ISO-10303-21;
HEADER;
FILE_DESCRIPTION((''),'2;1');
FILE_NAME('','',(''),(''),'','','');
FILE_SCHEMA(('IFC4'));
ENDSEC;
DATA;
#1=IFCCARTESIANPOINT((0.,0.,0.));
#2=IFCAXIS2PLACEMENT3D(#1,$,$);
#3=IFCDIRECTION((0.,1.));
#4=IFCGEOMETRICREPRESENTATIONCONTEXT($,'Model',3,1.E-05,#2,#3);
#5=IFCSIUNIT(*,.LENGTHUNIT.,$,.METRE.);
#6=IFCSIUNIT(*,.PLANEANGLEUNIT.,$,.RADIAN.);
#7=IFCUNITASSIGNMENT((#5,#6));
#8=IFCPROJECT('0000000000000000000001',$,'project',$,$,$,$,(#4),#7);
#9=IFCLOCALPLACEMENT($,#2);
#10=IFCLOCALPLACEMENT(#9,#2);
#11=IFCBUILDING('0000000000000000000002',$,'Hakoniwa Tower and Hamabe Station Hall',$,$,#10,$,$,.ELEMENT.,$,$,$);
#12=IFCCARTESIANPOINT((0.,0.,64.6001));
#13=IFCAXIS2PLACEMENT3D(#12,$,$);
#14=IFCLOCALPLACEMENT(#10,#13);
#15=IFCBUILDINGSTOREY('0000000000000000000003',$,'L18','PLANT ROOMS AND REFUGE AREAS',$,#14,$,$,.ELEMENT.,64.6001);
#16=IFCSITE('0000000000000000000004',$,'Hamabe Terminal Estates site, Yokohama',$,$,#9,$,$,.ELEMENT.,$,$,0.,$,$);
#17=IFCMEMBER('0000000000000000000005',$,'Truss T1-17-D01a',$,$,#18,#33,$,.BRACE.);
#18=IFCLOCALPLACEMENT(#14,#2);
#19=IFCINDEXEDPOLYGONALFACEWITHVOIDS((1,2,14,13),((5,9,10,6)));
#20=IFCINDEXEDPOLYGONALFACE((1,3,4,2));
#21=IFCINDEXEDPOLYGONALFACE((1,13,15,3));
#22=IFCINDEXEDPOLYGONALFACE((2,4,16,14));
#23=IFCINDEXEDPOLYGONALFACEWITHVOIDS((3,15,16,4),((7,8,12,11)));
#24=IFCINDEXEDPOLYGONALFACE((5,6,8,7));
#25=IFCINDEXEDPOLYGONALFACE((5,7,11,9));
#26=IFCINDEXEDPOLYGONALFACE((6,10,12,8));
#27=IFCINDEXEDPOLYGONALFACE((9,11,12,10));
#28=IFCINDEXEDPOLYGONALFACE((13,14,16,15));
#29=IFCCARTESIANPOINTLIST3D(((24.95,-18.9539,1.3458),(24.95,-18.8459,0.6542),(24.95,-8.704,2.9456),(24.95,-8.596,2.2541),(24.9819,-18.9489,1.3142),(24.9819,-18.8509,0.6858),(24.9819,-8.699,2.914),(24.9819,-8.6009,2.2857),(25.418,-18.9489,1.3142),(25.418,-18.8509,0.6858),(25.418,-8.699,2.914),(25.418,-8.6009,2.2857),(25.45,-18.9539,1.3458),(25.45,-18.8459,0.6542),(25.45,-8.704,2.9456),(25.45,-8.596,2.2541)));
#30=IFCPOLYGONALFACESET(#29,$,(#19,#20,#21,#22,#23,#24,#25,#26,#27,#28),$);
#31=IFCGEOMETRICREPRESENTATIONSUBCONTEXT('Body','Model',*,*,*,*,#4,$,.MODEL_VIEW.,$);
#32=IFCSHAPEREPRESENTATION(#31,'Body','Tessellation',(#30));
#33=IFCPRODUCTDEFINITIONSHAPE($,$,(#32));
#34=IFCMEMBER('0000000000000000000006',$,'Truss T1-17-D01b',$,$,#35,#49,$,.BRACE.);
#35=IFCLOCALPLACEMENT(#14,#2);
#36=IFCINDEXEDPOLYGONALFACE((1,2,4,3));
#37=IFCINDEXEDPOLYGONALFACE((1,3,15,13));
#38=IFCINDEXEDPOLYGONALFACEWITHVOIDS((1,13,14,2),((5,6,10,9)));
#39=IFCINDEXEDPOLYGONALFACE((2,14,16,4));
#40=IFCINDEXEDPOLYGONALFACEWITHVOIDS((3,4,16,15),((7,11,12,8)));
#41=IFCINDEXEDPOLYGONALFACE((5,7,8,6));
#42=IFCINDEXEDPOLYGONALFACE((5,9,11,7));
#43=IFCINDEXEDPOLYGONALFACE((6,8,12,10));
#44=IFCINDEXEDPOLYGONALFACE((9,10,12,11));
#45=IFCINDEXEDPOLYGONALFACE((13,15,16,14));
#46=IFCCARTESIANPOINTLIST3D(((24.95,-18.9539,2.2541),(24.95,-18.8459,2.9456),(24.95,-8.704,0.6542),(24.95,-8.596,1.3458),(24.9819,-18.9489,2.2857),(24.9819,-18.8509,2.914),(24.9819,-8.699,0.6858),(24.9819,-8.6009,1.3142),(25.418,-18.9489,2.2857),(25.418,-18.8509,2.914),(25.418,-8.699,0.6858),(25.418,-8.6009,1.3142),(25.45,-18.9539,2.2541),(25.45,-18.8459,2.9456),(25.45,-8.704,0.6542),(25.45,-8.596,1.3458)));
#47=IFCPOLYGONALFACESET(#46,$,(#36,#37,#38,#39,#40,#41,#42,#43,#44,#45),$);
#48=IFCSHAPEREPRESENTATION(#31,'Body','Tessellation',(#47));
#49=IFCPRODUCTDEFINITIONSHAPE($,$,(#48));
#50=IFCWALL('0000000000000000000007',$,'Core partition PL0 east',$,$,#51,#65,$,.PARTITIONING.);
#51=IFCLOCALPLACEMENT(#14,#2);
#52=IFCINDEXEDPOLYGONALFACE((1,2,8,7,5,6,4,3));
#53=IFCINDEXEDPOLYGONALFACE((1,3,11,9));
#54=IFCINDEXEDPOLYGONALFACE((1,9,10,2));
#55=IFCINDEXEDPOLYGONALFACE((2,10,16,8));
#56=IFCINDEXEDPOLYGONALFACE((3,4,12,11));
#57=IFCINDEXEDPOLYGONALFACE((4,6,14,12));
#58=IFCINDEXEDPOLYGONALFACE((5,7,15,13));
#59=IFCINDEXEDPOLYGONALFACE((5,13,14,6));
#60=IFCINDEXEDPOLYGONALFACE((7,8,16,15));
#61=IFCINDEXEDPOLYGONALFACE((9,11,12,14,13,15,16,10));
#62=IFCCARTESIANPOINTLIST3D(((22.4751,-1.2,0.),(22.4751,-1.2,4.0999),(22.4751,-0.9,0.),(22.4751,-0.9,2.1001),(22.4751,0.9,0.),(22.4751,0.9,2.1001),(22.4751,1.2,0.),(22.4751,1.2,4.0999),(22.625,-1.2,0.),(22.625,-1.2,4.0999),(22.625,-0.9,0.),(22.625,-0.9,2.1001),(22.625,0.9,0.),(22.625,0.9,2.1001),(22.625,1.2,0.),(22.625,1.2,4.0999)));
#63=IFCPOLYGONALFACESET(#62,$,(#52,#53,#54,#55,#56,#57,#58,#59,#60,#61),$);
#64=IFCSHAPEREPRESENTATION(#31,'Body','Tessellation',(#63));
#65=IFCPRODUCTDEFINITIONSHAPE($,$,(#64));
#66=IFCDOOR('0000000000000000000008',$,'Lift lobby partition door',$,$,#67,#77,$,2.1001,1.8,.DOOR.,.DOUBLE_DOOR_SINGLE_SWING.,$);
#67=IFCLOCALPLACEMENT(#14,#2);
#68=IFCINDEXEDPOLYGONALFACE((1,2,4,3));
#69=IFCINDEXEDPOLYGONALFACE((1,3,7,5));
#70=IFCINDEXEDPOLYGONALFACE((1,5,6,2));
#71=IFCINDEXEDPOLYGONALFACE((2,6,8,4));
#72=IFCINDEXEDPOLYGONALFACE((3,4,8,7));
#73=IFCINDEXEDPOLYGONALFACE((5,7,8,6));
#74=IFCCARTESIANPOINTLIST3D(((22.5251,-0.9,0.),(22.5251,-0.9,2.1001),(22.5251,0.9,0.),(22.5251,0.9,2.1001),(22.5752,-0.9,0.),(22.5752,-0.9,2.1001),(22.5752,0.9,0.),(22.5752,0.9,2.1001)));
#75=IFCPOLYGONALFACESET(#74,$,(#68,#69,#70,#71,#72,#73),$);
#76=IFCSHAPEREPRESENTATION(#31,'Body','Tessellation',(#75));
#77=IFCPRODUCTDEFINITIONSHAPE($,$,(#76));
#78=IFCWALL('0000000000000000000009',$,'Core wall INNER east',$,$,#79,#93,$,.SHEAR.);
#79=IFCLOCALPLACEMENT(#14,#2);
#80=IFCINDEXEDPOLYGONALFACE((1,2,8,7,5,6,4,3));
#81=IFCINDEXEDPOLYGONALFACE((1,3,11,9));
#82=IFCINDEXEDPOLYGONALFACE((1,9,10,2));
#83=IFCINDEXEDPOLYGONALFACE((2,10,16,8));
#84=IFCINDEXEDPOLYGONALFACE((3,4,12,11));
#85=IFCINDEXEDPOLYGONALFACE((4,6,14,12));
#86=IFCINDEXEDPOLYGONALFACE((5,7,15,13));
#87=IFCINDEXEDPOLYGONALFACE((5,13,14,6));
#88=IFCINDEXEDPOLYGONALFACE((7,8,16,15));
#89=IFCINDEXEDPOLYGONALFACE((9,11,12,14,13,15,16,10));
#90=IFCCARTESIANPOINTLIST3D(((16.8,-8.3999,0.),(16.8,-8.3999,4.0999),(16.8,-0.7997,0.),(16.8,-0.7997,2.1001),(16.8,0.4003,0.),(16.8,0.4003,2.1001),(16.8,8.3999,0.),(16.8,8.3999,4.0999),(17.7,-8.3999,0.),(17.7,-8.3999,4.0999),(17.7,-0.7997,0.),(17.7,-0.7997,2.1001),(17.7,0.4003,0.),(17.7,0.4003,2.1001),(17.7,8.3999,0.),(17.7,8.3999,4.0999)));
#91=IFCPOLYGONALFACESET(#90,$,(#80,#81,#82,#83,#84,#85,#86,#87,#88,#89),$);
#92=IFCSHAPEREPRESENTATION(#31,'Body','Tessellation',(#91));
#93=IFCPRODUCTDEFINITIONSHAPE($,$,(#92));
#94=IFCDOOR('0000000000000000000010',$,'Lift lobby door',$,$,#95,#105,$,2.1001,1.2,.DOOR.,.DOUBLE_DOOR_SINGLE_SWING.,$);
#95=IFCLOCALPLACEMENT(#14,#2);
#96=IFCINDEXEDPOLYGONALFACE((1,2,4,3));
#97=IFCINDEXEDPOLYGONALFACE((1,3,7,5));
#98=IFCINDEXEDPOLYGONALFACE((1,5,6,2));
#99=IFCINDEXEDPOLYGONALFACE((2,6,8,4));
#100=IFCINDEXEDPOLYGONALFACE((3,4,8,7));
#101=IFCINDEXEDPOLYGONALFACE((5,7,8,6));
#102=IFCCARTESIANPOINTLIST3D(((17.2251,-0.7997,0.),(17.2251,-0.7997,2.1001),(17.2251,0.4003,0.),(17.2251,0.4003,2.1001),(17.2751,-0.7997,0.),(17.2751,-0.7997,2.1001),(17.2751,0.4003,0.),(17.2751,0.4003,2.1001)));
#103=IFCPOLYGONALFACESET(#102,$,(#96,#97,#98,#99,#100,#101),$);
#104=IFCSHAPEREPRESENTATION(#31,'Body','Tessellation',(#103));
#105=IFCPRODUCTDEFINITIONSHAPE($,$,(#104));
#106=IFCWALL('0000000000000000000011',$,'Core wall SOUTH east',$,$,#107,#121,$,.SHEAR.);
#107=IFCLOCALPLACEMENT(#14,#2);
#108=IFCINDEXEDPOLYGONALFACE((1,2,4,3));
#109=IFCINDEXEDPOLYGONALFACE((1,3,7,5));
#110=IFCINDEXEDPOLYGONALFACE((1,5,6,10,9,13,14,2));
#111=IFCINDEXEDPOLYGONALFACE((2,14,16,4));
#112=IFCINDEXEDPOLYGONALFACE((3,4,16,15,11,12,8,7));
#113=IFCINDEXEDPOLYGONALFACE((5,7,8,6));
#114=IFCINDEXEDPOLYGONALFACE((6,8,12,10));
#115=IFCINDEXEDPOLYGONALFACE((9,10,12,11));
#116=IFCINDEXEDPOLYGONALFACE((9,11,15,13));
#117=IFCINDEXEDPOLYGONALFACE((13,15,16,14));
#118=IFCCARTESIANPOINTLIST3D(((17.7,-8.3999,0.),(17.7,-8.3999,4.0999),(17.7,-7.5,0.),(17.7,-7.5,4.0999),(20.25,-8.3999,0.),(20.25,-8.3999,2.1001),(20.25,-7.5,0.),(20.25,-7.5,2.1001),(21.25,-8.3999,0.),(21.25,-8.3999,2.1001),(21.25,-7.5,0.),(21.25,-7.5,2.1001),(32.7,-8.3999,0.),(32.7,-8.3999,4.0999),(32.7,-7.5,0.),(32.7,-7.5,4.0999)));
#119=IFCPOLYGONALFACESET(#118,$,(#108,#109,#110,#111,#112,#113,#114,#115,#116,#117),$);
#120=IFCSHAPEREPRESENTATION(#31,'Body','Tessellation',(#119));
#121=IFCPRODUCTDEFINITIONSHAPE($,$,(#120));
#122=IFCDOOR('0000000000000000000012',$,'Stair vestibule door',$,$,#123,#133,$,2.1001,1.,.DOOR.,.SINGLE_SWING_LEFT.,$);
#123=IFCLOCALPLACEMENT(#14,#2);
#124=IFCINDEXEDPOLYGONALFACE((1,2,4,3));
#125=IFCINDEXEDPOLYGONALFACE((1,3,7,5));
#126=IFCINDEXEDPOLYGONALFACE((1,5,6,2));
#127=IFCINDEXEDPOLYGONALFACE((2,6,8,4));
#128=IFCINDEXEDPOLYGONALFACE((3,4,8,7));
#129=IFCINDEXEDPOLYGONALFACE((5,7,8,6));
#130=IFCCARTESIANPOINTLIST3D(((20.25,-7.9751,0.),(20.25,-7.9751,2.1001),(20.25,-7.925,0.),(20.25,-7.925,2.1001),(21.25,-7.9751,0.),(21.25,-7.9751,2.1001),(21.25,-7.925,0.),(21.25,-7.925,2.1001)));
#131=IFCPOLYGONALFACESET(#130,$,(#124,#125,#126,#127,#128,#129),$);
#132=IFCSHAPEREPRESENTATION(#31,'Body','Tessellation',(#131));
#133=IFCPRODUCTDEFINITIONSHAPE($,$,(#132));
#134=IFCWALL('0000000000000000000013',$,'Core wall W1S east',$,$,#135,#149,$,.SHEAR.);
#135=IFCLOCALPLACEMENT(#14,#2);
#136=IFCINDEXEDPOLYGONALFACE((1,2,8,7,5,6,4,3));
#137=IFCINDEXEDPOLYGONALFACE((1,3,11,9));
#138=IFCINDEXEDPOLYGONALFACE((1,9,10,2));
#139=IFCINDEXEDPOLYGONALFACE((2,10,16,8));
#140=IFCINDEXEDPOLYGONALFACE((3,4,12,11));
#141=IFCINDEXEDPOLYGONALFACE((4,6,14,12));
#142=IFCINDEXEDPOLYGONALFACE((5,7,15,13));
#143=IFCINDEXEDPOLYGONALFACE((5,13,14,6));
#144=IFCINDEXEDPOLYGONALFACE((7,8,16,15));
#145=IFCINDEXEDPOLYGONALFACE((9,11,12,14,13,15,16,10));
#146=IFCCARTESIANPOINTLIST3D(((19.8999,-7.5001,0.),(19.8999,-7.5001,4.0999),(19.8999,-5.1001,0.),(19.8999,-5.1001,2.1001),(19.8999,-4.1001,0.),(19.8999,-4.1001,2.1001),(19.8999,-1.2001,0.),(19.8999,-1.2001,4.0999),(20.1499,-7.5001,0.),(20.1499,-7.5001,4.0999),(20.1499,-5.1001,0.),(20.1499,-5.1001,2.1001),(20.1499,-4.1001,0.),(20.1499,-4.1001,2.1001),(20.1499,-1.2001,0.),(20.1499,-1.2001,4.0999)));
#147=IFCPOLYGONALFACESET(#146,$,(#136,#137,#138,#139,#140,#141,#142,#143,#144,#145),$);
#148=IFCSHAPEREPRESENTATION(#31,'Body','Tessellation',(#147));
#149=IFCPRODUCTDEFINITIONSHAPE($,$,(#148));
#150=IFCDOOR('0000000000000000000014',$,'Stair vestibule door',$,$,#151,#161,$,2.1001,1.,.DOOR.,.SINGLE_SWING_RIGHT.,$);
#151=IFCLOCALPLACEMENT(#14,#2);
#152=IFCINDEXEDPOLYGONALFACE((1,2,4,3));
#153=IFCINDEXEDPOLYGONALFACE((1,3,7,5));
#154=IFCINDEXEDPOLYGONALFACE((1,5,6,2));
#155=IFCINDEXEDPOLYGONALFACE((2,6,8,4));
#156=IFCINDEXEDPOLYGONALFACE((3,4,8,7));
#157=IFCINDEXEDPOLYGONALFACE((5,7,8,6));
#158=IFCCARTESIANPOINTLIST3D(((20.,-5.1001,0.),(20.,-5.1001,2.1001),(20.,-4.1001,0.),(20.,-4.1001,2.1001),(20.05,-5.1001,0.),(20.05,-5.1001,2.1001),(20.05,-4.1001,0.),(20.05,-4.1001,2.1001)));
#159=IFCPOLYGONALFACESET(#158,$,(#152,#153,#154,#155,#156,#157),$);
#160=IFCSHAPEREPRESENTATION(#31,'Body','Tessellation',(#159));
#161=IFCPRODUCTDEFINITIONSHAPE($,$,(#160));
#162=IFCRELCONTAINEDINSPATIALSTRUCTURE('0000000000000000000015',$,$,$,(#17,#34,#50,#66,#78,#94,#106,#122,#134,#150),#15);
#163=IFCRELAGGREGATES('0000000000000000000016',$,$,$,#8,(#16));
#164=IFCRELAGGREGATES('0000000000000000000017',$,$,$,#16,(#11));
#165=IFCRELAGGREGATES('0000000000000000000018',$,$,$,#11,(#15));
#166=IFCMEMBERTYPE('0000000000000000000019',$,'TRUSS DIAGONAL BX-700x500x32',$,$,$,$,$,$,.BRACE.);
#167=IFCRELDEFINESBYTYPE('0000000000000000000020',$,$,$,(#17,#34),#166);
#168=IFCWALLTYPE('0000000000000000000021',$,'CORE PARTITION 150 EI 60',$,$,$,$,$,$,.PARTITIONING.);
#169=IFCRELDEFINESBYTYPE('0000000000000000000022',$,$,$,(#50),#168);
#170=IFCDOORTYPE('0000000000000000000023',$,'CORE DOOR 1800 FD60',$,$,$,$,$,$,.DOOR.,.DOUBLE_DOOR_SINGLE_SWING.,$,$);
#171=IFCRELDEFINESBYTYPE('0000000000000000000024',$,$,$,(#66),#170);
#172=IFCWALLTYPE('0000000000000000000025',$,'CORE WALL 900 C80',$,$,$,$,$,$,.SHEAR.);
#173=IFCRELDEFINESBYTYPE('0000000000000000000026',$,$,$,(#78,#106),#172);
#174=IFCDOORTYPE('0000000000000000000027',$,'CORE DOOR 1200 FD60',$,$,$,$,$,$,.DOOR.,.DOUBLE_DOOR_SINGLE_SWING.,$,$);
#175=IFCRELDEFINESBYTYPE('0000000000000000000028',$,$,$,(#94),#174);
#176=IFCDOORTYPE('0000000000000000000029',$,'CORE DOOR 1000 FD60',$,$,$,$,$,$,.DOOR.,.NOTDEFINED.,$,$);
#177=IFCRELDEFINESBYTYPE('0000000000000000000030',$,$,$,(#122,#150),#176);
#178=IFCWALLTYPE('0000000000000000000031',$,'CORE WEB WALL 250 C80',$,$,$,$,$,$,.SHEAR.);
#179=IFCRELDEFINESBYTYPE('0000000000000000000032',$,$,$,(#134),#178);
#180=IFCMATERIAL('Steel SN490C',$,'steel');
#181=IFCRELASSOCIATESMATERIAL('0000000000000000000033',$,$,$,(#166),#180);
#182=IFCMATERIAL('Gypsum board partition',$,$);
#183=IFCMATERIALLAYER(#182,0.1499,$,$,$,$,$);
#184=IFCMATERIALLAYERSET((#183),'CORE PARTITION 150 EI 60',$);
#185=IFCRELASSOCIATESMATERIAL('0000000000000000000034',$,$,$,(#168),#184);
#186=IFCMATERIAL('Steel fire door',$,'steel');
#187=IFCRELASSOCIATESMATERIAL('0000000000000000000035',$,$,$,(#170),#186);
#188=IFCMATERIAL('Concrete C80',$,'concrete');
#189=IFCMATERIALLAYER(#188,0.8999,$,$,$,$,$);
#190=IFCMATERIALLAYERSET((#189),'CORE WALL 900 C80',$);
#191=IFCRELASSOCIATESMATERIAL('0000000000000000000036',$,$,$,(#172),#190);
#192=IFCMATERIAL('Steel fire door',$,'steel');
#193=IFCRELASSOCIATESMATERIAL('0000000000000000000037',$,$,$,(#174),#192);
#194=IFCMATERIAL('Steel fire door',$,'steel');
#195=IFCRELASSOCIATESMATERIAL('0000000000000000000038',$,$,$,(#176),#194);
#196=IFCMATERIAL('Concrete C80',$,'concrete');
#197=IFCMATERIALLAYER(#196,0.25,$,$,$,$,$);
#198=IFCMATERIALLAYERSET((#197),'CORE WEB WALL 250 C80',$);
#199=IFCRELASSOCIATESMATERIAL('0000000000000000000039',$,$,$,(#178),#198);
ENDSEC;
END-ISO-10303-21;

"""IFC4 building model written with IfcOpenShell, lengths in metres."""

from ifc_helpers import new_model, si_unit, direction, frame, frame_2d, origin, origin_2d, place, context, subcontext, project, spatial, rectangle, hollow_rectangle, extrude, material, layer, layer_set, material_profile, profile_set, type_object, element, fill, save


model = new_model("IFC4")

# Units and contexts
model_context = context("Model", 3, precision=1e-05, world=origin(), true_north=direction((0.0, 1.0)))
body_context = subcontext(model_context, "Body", "Model", "MODEL_VIEW")
ifc_project = project(units=[si_unit("LENGTHUNIT", "METRE"), si_unit("PLANEANGLEUNIT", "RADIAN")], contexts=[model_context])

# Site, building, storey
site_placement = place(None, origin())
site = spatial("IfcSite", under=ifc_project, at=site_placement, Name="Hamabe Terminal Estates site, Yokohama", CompositionType="ELEMENT", RefElevation=0.0)
building_placement = place(site_placement, origin())
building = spatial("IfcBuilding", under=site, at=building_placement, Name="Hakoniwa Tower and Hamabe Station Hall", CompositionType="ELEMENT")
storey_placement = place(building_placement, frame((0.0, 0.0, 64.6001)))
storey = spatial("IfcBuildingStorey", under=building, at=storey_placement, Name="L18", Description="PLANT ROOMS AND REFUGE AREAS", CompositionType="ELEMENT", Elevation=64.6001)

# Members
ifc_material_1 = material(Name="Steel SN490C", Category="steel")
ifc_material_profile_1 = material_profile(ifc_material_1, hollow_rectangle(XDim=0.5, YDim=0.7, WallThickness=0.032, at=origin_2d()), Name="BX-700x500x32")
ifc_profile_set_1 = profile_set([ifc_material_profile_1], Name="Steel SN490C")
member_type = type_object("IfcMemberType", Name="TRUSS DIAGONAL BX-700x500x32", PredefinedType="BRACE", material=ifc_profile_set_1)
for number, where, z_axis, x_axis, name in (
    (1, (25.2, -18.8999, 1.0), (0.0, 0.988037, 0.154216), (-1.0, 0.0, 0.0), "Truss T1-17-D01a"),
    (2, (25.2, -18.8999, 2.5999), (0.0, 0.988037, -0.154216), (-1.0, 0.0, 0.0), "Truss T1-17-D01b"),
):
    element("IfcMember", number, at=place(storey_placement, frame(where, z_axis=z_axis, x_axis=x_axis)), inside=storey, type_object=member_type, Name=name, PredefinedType="BRACE", context=body_context, shape_type="SweptSolid", body=[
        extrude(hollow_rectangle(XDim=0.5, YDim=0.7, WallThickness=0.032, at=origin_2d()), origin(), (0.0, 0.0, 1.0), 10.374),
    ])

# Walls, openings, doors
ifc_material_2 = material(Name="Gypsum board partition")
ifc_layer_1 = layer(ifc_material_2, 0.1499)
ifc_layer_set_1 = layer_set([ifc_layer_1], Name="CORE PARTITION 150 EI 60")
wall_type_1 = type_object("IfcWallType", Name="CORE PARTITION 150 EI 60", PredefinedType="PARTITIONING", material=ifc_layer_set_1)
wall_1_placement = place(storey_placement, frame((22.55, -1.2, 0.0), z_axis=(0.0, 0.0, 1.0), x_axis=(0.0, 1.0, 0.0)))
wall_1 = element("IfcWall", 3, at=wall_1_placement, inside=storey, type_object=wall_type_1, Name="Core partition PL0 east", PredefinedType="PARTITIONING", context=body_context, shape_type="SweptSolid", body=[
    extrude(rectangle(XDim=2.3999, YDim=0.1499, at=frame_2d((1.2, 0.0))), origin(), (0.0, 0.0, 1.0), 4.0999),
])
opening_1_placement = place(wall_1_placement, frame((0.3, 0.0, 0.0)))
opening_1 = element("IfcOpeningElement", 4, at=opening_1_placement, cuts=wall_1, PredefinedType="OPENING", context=body_context, shape_type="SweptSolid", body=[
    extrude(rectangle(XDim=1.8, YDim=2.1001, at=frame_2d((0.8999, 1.05))), frame((0.0, 0.085, 0.0), z_axis=(0.0, -1.0, 0.0), x_axis=(1.0, 0.0, 0.0)), (0.0, 0.0, 1.0), 0.1699),
])
ifc_material_3 = material(Name="Steel fire door", Category="steel")
door_type_1 = type_object("IfcDoorType", Name="CORE DOOR 1800 FD60", OperationType="DOUBLE_DOOR_SINGLE_SWING", PredefinedType="DOOR", material=ifc_material_3)
door_1_placement = place(opening_1_placement, origin())
door_1 = element("IfcDoor", 5, at=door_1_placement, inside=storey, type_object=door_type_1, Name="Lift lobby partition door", OperationType="DOUBLE_DOOR_SINGLE_SWING", OverallHeight=2.1001, OverallWidth=1.8, PredefinedType="DOOR", context=body_context, shape_type="SweptSolid", body=[
    extrude(rectangle(XDim=1.8, YDim=2.1001, at=frame_2d((0.8999, 1.05))), frame((0.0, 0.0249, 0.0), z_axis=(0.0, -1.0, 0.0), x_axis=(1.0, 0.0, 0.0)), (0.0, 0.0, 1.0), 0.05),
])
fill(opening_1, door_1)
ifc_material_4 = material(Name="Concrete C80", Category="concrete")
ifc_layer_2 = layer(ifc_material_4, 0.8999)
ifc_layer_set_2 = layer_set([ifc_layer_2], Name="CORE WALL 900 C80")
wall_type_2 = type_object("IfcWallType", Name="CORE WALL 900 C80", PredefinedType="SHEAR", material=ifc_layer_set_2)
wall_2_placement = place(storey_placement, frame((17.25, -8.3999, 0.0), z_axis=(0.0, 0.0, 1.0), x_axis=(0.0, 1.0, 0.0)))
wall_2 = element("IfcWall", 6, at=wall_2_placement, inside=storey, type_object=wall_type_2, Name="Core wall INNER east", PredefinedType="SHEAR", context=body_context, shape_type="SweptSolid", body=[
    extrude(rectangle(XDim=16.7998, YDim=0.8999, at=frame_2d((8.3999, 0.0))), origin(), (0.0, 0.0, 1.0), 4.0999),
])
opening_2_placement = place(wall_2_placement, frame((7.6001, 0.0, 0.0)))
opening_2 = element("IfcOpeningElement", 7, at=opening_2_placement, cuts=wall_2, PredefinedType="OPENING", context=body_context, shape_type="SweptSolid", body=[
    extrude(rectangle(XDim=1.2, YDim=2.1001, at=frame_2d((0.6001, 1.05))), frame((0.0, 0.46, 0.0), z_axis=(0.0, -1.0, 0.0), x_axis=(1.0, 0.0, 0.0)), (0.0, 0.0, 1.0), 0.9199),
])
ifc_material_5 = material(Name="Steel fire door", Category="steel")
door_type_2 = type_object("IfcDoorType", Name="CORE DOOR 1200 FD60", OperationType="DOUBLE_DOOR_SINGLE_SWING", PredefinedType="DOOR", material=ifc_material_5)
door_2_placement = place(opening_2_placement, origin())
door_2 = element("IfcDoor", 8, at=door_2_placement, inside=storey, type_object=door_type_2, Name="Lift lobby door", OperationType="DOUBLE_DOOR_SINGLE_SWING", OverallHeight=2.1001, OverallWidth=1.2, PredefinedType="DOOR", context=body_context, shape_type="SweptSolid", body=[
    extrude(rectangle(XDim=1.2, YDim=2.1001, at=frame_2d((0.6001, 1.05))), frame((0.0, 0.0249, 0.0), z_axis=(0.0, -1.0, 0.0), x_axis=(1.0, 0.0, 0.0)), (0.0, 0.0, 1.0), 0.05),
])
fill(opening_2, door_2)
wall_3_placement = place(storey_placement, frame((17.7, -7.95, 0.0), z_axis=(0.0, 0.0, 1.0), x_axis=(1.0, 0.0, 0.0)))
wall_3 = element("IfcWall", 9, at=wall_3_placement, inside=storey, type_object=wall_type_2, Name="Core wall SOUTH east", PredefinedType="SHEAR", context=body_context, shape_type="SweptSolid", body=[
    extrude(rectangle(XDim=15.0, YDim=0.8999, at=frame_2d((7.5, 0.0))), origin(), (0.0, 0.0, 1.0), 4.0999),
])
opening_3_placement = place(wall_3_placement, frame((2.55, 0.0, 0.0)))
opening_3 = element("IfcOpeningElement", 10, at=opening_3_placement, cuts=wall_3, PredefinedType="OPENING", context=body_context, shape_type="SweptSolid", body=[
    extrude(rectangle(XDim=1.0, YDim=2.1001, at=frame_2d((0.5, 1.05))), frame((0.0, 0.46, 0.0), z_axis=(0.0, -1.0, 0.0), x_axis=(1.0, 0.0, 0.0)), (0.0, 0.0, 1.0), 0.9199),
])
ifc_material_6 = material(Name="Steel fire door", Category="steel")
door_type_3 = type_object("IfcDoorType", Name="CORE DOOR 1000 FD60", OperationType="NOTDEFINED", PredefinedType="DOOR", material=ifc_material_6)
door_3_placement = place(opening_3_placement, origin())
door_3 = element("IfcDoor", 11, at=door_3_placement, inside=storey, type_object=door_type_3, Name="Stair vestibule door", OperationType="SINGLE_SWING_LEFT", OverallHeight=2.1001, OverallWidth=1.0, PredefinedType="DOOR", context=body_context, shape_type="SweptSolid", body=[
    extrude(rectangle(XDim=1.0, YDim=2.1001, at=frame_2d((0.5, 1.05))), frame((0.0, 0.0249, 0.0), z_axis=(0.0, -1.0, 0.0), x_axis=(1.0, 0.0, 0.0)), (0.0, 0.0, 1.0), 0.05),
])
fill(opening_3, door_3)
ifc_material_7 = material(Name="Concrete C80", Category="concrete")
ifc_layer_3 = layer(ifc_material_7, 0.25)
ifc_layer_set_3 = layer_set([ifc_layer_3], Name="CORE WEB WALL 250 C80")
wall_type_3 = type_object("IfcWallType", Name="CORE WEB WALL 250 C80", PredefinedType="SHEAR", material=ifc_layer_set_3)
wall_4_placement = place(storey_placement, frame((20.0249, -7.5, 0.0), z_axis=(0.0, 0.0, 1.0), x_axis=(0.0, 1.0, 0.0)))
wall_4 = element("IfcWall", 12, at=wall_4_placement, inside=storey, type_object=wall_type_3, Name="Core wall W1S east", PredefinedType="SHEAR", context=body_context, shape_type="SweptSolid", body=[
    extrude(rectangle(XDim=6.3, YDim=0.25, at=frame_2d((3.1499, 0.0))), origin(), (0.0, 0.0, 1.0), 4.0999),
])
opening_4_placement = place(wall_4_placement, frame((2.3999, 0.0, 0.0)))
opening_4 = element("IfcOpeningElement", 13, at=opening_4_placement, cuts=wall_4, PredefinedType="OPENING", context=body_context, shape_type="SweptSolid", body=[
    extrude(rectangle(XDim=1.0, YDim=2.1001, at=frame_2d((0.5, 1.05))), frame((0.0, 0.135, 0.0), z_axis=(0.0, -1.0, 0.0), x_axis=(1.0, 0.0, 0.0)), (0.0, 0.0, 1.0), 0.27),
])
door_4_placement = place(opening_4_placement, origin())
door_4 = element("IfcDoor", 14, at=door_4_placement, inside=storey, type_object=door_type_3, Name="Stair vestibule door", OperationType="SINGLE_SWING_RIGHT", OverallHeight=2.1001, OverallWidth=1.0, PredefinedType="DOOR", context=body_context, shape_type="SweptSolid", body=[
    extrude(rectangle(XDim=1.0, YDim=2.1001, at=frame_2d((0.5, 1.05))), frame((0.0, 0.0249, 0.0), z_axis=(0.0, -1.0, 0.0), x_axis=(1.0, 0.0, 0.0)), (0.0, 0.0, 1.0), 0.05),
])
fill(opening_4, door_4)

save(model, "model.ifc")
